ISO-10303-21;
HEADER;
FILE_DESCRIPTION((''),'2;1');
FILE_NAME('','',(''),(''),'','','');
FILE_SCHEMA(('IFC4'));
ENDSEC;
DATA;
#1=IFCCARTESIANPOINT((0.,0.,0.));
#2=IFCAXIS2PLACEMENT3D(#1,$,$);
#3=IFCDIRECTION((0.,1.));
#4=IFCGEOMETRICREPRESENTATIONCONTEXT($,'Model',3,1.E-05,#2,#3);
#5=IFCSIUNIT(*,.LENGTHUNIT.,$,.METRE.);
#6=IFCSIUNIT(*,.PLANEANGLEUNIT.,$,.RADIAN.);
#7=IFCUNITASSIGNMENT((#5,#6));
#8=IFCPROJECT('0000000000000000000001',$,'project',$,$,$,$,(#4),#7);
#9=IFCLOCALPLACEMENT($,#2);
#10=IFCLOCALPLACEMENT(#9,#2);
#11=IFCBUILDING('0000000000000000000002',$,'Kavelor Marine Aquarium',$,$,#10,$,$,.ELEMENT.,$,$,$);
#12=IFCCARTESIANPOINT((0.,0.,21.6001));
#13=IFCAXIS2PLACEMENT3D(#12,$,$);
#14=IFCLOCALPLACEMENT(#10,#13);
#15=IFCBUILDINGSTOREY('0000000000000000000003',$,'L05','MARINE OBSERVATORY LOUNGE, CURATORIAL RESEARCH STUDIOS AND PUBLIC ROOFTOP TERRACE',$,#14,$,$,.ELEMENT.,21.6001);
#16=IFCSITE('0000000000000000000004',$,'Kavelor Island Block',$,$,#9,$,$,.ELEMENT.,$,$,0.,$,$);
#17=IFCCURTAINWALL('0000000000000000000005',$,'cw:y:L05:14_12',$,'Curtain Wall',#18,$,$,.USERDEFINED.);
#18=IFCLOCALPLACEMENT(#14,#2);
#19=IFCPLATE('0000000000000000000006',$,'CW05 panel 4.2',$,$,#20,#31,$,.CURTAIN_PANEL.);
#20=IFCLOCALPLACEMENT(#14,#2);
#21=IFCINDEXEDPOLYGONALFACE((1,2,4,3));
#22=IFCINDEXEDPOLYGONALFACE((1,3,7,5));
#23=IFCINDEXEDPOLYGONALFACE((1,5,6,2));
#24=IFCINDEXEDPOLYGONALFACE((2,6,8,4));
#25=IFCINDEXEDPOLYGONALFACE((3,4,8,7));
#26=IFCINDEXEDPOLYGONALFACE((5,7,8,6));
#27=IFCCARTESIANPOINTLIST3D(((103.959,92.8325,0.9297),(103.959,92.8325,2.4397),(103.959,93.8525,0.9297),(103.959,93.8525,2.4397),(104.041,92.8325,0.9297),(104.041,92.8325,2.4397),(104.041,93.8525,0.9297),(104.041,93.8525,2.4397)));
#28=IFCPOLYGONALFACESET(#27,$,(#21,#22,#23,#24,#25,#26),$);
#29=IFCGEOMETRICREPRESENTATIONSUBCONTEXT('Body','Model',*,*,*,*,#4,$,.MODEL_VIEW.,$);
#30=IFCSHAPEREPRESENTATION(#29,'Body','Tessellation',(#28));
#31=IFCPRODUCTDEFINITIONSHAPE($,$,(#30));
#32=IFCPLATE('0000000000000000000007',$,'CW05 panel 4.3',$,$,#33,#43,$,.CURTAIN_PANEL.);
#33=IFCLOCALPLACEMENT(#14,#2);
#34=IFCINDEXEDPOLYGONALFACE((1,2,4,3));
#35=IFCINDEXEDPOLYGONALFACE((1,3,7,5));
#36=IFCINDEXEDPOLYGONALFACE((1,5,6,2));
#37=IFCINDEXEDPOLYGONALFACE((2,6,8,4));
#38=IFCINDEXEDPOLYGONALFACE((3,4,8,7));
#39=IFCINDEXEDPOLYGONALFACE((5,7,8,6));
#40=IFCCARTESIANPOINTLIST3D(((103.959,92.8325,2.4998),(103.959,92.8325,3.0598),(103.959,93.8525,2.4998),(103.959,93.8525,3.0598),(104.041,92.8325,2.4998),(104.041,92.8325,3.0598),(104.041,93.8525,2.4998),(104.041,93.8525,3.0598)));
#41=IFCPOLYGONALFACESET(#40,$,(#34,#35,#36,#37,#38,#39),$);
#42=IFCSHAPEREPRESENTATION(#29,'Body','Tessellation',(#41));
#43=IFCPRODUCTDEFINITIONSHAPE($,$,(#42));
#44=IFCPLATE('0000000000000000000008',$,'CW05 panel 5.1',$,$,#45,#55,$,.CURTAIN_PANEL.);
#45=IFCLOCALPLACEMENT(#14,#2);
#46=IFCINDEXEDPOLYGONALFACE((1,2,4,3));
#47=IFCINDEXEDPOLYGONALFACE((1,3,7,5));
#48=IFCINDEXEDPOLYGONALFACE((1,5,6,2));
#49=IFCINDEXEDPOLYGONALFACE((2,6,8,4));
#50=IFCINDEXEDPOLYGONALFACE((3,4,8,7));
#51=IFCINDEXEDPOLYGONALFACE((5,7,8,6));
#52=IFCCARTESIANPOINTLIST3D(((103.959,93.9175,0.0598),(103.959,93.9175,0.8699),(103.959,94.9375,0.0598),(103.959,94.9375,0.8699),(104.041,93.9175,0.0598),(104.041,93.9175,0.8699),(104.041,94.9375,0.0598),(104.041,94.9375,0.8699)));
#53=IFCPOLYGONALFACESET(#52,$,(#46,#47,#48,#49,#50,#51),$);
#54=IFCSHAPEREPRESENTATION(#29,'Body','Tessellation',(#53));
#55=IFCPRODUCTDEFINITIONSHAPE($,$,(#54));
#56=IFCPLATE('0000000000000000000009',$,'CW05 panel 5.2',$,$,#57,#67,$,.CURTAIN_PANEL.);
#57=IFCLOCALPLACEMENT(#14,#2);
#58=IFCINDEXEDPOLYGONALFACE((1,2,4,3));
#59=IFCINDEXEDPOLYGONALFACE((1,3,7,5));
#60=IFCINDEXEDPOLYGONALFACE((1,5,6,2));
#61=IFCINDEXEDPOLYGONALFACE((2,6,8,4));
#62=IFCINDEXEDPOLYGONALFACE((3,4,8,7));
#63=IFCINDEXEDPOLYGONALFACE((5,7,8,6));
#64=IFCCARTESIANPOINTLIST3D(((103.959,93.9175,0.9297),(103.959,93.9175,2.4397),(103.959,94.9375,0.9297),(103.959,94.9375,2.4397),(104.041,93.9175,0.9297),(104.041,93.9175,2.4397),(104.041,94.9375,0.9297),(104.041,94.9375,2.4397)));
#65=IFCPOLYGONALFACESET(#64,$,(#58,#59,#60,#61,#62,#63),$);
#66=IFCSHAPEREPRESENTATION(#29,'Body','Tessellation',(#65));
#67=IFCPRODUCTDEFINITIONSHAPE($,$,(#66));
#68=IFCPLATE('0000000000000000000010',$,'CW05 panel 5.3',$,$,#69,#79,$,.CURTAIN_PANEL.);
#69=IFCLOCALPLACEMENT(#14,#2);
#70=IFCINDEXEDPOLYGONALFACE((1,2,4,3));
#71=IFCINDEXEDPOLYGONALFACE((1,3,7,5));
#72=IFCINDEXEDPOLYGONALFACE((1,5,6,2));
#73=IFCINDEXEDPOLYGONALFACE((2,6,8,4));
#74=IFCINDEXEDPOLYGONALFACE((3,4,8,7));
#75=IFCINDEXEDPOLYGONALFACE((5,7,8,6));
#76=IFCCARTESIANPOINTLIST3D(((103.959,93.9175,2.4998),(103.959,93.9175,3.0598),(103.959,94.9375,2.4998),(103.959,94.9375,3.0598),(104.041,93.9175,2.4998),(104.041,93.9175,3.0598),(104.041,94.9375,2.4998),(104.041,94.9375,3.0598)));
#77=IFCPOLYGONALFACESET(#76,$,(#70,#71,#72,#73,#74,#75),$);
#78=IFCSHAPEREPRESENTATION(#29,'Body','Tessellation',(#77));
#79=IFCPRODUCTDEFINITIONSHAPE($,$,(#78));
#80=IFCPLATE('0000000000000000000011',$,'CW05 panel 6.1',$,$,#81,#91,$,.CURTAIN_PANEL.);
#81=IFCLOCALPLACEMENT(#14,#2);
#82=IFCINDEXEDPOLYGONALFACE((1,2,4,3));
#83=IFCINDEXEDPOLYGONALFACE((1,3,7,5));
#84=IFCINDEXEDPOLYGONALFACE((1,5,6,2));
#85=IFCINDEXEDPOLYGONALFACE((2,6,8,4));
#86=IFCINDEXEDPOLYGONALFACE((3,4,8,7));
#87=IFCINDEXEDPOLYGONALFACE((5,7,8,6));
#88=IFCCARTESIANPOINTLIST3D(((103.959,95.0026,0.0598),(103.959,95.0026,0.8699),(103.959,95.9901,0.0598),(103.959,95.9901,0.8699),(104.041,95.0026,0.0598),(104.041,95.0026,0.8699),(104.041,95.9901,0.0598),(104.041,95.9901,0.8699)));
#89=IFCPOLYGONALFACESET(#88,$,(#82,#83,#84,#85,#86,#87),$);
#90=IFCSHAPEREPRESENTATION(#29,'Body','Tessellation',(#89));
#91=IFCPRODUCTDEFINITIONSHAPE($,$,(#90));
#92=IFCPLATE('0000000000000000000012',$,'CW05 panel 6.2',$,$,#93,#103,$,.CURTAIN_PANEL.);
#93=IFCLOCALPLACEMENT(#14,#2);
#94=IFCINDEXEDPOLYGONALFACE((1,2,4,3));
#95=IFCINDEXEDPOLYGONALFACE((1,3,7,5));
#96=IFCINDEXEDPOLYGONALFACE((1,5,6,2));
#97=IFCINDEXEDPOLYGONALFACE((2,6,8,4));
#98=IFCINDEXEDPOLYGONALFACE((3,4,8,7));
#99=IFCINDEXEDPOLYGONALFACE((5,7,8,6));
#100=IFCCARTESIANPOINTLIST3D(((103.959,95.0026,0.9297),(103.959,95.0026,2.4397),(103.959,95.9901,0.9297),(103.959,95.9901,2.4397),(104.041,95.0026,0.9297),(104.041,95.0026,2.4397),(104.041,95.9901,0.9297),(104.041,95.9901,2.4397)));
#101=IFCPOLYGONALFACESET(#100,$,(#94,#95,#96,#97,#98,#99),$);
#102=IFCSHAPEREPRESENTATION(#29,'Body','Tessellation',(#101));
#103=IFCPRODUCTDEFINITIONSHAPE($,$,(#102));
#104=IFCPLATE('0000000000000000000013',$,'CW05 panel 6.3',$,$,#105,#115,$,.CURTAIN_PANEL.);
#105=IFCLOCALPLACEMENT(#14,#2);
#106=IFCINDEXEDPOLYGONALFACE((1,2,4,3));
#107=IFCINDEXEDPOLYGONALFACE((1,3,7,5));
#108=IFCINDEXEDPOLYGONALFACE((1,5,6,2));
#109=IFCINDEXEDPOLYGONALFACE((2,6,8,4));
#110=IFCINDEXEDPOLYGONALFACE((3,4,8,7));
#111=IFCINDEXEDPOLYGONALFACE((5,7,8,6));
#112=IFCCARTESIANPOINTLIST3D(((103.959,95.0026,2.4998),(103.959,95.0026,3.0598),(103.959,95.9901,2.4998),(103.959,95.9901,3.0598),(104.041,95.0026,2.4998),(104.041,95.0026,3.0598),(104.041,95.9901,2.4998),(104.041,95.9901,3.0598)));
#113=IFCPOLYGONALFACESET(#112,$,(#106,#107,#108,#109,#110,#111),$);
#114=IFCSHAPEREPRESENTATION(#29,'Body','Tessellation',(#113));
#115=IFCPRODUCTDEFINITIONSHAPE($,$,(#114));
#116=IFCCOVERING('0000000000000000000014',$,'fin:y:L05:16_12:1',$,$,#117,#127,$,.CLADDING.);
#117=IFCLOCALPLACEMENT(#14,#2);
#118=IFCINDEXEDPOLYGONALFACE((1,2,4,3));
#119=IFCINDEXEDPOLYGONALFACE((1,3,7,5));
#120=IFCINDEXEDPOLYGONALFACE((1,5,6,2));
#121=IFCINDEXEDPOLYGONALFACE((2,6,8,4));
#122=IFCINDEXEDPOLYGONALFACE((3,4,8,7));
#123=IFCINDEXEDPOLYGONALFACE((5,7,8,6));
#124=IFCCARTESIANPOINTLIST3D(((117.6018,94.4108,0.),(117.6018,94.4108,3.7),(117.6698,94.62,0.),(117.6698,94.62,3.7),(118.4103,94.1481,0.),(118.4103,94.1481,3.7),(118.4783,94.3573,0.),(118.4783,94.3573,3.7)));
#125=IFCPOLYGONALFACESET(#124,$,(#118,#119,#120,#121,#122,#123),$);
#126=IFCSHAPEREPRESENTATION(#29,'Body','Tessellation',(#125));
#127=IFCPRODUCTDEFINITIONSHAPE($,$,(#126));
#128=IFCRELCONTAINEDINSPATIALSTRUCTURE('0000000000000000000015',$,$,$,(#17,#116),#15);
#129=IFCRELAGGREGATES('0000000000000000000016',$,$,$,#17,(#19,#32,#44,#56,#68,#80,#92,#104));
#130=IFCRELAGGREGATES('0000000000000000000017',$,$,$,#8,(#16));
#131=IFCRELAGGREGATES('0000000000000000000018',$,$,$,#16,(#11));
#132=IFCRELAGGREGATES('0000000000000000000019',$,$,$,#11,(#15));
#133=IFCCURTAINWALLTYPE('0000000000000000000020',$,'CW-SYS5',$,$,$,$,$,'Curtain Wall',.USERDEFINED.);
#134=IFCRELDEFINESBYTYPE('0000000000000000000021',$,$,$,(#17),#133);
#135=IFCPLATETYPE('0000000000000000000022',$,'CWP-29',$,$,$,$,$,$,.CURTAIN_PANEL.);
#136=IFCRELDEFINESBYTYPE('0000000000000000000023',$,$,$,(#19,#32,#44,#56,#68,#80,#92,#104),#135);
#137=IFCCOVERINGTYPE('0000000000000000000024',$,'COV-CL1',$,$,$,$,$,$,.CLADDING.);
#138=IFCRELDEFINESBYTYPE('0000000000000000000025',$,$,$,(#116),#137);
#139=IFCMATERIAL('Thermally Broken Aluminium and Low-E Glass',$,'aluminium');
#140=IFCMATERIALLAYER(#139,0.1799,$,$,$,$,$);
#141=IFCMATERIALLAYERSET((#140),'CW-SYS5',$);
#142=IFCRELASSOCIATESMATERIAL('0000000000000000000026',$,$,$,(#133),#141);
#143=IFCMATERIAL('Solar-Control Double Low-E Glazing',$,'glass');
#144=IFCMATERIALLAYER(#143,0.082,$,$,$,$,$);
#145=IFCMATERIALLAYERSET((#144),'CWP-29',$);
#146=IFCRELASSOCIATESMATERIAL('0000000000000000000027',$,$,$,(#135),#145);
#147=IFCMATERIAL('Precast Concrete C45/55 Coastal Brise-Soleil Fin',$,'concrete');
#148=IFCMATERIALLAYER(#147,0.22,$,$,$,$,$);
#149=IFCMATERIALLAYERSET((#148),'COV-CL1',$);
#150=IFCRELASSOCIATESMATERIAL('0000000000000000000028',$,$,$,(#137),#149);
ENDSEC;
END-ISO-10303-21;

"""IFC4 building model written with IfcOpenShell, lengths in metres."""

from ifc_helpers import new_model, si_unit, direction, frame, origin, origin_2d, place, context, subcontext, project, spatial, rectangle, extrude, material, layer, layer_set, type_object, element, aggregate, save


model = new_model("IFC4")

# Units and contexts
model_context = context("Model", 3, precision=1e-05, world=origin(), true_north=direction((0.0, 1.0)))
body_context = subcontext(model_context, "Body", "Model", "MODEL_VIEW")
ifc_project = project(units=[si_unit("LENGTHUNIT", "METRE"), si_unit("PLANEANGLEUNIT", "RADIAN")], contexts=[model_context])

# Site, building, storey
site_placement = place(None, origin())
site = spatial("IfcSite", under=ifc_project, at=site_placement, Name="Kavelor Island Block", CompositionType="ELEMENT", RefElevation=0.0)
building_placement = place(site_placement, origin())
building = spatial("IfcBuilding", under=site, at=building_placement, Name="Kavelor Marine Aquarium", CompositionType="ELEMENT")
storey_placement = place(building_placement, frame((0.0, 0.0, 21.6001)))
storey = spatial("IfcBuildingStorey", under=building, at=storey_placement, Name="L05", Description="MARINE OBSERVATORY LOUNGE, CURATORIAL RESEARCH STUDIOS AND PUBLIC ROOFTOP TERRACE", CompositionType="ELEMENT", Elevation=21.6001)

# Curtain wall, plates
ifc_material_1 = material(Name="Thermally Broken Aluminium and Low-E Glass", Category="aluminium")
ifc_layer_1 = layer(ifc_material_1, 0.1799)
ifc_layer_set_1 = layer_set([ifc_layer_1], Name="CW-SYS5")
curtain_wall_type = type_object("IfcCurtainWallType", Name="CW-SYS5", ElementType="Curtain Wall", PredefinedType="USERDEFINED", material=ifc_layer_set_1)
curtain_wall_placement = place(storey_placement, origin())
curtain_wall = element("IfcCurtainWall", 1, at=curtain_wall_placement, inside=storey, type_object=curtain_wall_type, Name="cw:y:L05:14_12", ObjectType="Curtain Wall", PredefinedType="USERDEFINED")
ifc_material_2 = material(Name="Solar-Control Double Low-E Glazing", Category="glass")
ifc_layer_2 = layer(ifc_material_2, 0.082)
ifc_layer_set_2 = layer_set([ifc_layer_2], Name="CWP-29")
plate_type = type_object("IfcPlateType", Name="CWP-29", PredefinedType="CURTAIN_PANEL", material=ifc_layer_set_2)
plate_1_placement = place(storey_placement, frame((104.0, 93.3425, 0.9297), z_axis=(0.0, 0.0, 1.0), x_axis=(0.0, 1.0, 0.0)))
plate_1 = element("IfcPlate", 2, at=plate_1_placement, type_object=plate_type, Name="CW05 panel 4.2", PredefinedType="CURTAIN_PANEL", context=body_context, shape_type="SweptSolid", body=[
    extrude(rectangle(XDim=1.02, YDim=0.082, at=origin_2d()), origin(), (0.0, 0.0, 1.0), 1.51),
])
plate_2_placement = place(storey_placement, frame((104.0, 93.3425, 2.4998), z_axis=(0.0, 0.0, 1.0), x_axis=(0.0, 1.0, 0.0)))
plate_2 = element("IfcPlate", 3, at=plate_2_placement, type_object=plate_type, Name="CW05 panel 4.3", PredefinedType="CURTAIN_PANEL", context=body_context, shape_type="SweptSolid", body=[
    extrude(rectangle(XDim=1.02, YDim=0.082, at=origin_2d()), origin(), (0.0, 0.0, 1.0), 0.5601),
])
plate_3_placement = place(storey_placement, frame((104.0, 94.4275, 0.0598), z_axis=(0.0, 0.0, 1.0), x_axis=(0.0, 1.0, 0.0)))
plate_3 = element("IfcPlate", 4, at=plate_3_placement, type_object=plate_type, Name="CW05 panel 5.1", PredefinedType="CURTAIN_PANEL", context=body_context, shape_type="SweptSolid", body=[
    extrude(rectangle(XDim=1.02, YDim=0.082, at=origin_2d()), origin(), (0.0, 0.0, 1.0), 0.8101),
])
plate_4_placement = place(storey_placement, frame((104.0, 94.4275, 0.9297), z_axis=(0.0, 0.0, 1.0), x_axis=(0.0, 1.0, 0.0)))
plate_4 = element("IfcPlate", 5, at=plate_4_placement, type_object=plate_type, Name="CW05 panel 5.2", PredefinedType="CURTAIN_PANEL", context=body_context, shape_type="SweptSolid", body=[
    extrude(rectangle(XDim=1.02, YDim=0.082, at=origin_2d()), origin(), (0.0, 0.0, 1.0), 1.51),
])
plate_5_placement = place(storey_placement, frame((104.0, 94.4275, 2.4998), z_axis=(0.0, 0.0, 1.0), x_axis=(0.0, 1.0, 0.0)))
plate_5 = element("IfcPlate", 6, at=plate_5_placement, type_object=plate_type, Name="CW05 panel 5.3", PredefinedType="CURTAIN_PANEL", context=body_context, shape_type="SweptSolid", body=[
    extrude(rectangle(XDim=1.02, YDim=0.082, at=origin_2d()), origin(), (0.0, 0.0, 1.0), 0.5601),
])
plate_6_placement = place(storey_placement, frame((104.0, 95.4963, 0.0598), z_axis=(0.0, 0.0, 1.0), x_axis=(0.0, 1.0, 0.0)))
plate_6 = element("IfcPlate", 7, at=plate_6_placement, type_object=plate_type, Name="CW05 panel 6.1", PredefinedType="CURTAIN_PANEL", context=body_context, shape_type="SweptSolid", body=[
    extrude(rectangle(XDim=0.9875, YDim=0.082, at=origin_2d()), origin(), (0.0, 0.0, 1.0), 0.8101),
])
plate_7_placement = place(storey_placement, frame((104.0, 95.4963, 0.9297), z_axis=(0.0, 0.0, 1.0), x_axis=(0.0, 1.0, 0.0)))
plate_7 = element("IfcPlate", 8, at=plate_7_placement, type_object=plate_type, Name="CW05 panel 6.2", PredefinedType="CURTAIN_PANEL", context=body_context, shape_type="SweptSolid", body=[
    extrude(rectangle(XDim=0.9875, YDim=0.082, at=origin_2d()), origin(), (0.0, 0.0, 1.0), 1.51),
])
plate_8_placement = place(storey_placement, frame((104.0, 95.4963, 2.4998), z_axis=(0.0, 0.0, 1.0), x_axis=(0.0, 1.0, 0.0)))
plate_8 = element("IfcPlate", 9, at=plate_8_placement, type_object=plate_type, Name="CW05 panel 6.3", PredefinedType="CURTAIN_PANEL", context=body_context, shape_type="SweptSolid", body=[
    extrude(rectangle(XDim=0.9875, YDim=0.082, at=origin_2d()), origin(), (0.0, 0.0, 1.0), 0.5601),
])
aggregate(curtain_wall, [plate_1, plate_2, plate_3, plate_4, plate_5, plate_6, plate_7, plate_8])

# Covering
ifc_material_3 = material(Name="Precast Concrete C45/55 Coastal Brise-Soleil Fin", Category="concrete")
ifc_layer_3 = layer(ifc_material_3, 0.22)
ifc_layer_set_3 = layer_set([ifc_layer_3], Name="COV-CL1")
covering_type = type_object("IfcCoveringType", Name="COV-CL1", PredefinedType="CLADDING", material=ifc_layer_set_3)
covering_placement = place(storey_placement, frame((118.04, 94.384, 0.0), z_axis=(0.0, 0.0, 1.0), x_axis=(0.951057, -0.309017, 0.0)))
element("IfcCovering", 10, at=covering_placement, inside=storey, type_object=covering_type, Name="fin:y:L05:16_12:1", PredefinedType="CLADDING", context=body_context, shape_type="SweptSolid", body=[
    extrude(rectangle(XDim=0.8501, YDim=0.22, at=origin_2d()), origin(), (0.0, 0.0, 1.0), 3.7),
])

save(model, "model.ifc")
